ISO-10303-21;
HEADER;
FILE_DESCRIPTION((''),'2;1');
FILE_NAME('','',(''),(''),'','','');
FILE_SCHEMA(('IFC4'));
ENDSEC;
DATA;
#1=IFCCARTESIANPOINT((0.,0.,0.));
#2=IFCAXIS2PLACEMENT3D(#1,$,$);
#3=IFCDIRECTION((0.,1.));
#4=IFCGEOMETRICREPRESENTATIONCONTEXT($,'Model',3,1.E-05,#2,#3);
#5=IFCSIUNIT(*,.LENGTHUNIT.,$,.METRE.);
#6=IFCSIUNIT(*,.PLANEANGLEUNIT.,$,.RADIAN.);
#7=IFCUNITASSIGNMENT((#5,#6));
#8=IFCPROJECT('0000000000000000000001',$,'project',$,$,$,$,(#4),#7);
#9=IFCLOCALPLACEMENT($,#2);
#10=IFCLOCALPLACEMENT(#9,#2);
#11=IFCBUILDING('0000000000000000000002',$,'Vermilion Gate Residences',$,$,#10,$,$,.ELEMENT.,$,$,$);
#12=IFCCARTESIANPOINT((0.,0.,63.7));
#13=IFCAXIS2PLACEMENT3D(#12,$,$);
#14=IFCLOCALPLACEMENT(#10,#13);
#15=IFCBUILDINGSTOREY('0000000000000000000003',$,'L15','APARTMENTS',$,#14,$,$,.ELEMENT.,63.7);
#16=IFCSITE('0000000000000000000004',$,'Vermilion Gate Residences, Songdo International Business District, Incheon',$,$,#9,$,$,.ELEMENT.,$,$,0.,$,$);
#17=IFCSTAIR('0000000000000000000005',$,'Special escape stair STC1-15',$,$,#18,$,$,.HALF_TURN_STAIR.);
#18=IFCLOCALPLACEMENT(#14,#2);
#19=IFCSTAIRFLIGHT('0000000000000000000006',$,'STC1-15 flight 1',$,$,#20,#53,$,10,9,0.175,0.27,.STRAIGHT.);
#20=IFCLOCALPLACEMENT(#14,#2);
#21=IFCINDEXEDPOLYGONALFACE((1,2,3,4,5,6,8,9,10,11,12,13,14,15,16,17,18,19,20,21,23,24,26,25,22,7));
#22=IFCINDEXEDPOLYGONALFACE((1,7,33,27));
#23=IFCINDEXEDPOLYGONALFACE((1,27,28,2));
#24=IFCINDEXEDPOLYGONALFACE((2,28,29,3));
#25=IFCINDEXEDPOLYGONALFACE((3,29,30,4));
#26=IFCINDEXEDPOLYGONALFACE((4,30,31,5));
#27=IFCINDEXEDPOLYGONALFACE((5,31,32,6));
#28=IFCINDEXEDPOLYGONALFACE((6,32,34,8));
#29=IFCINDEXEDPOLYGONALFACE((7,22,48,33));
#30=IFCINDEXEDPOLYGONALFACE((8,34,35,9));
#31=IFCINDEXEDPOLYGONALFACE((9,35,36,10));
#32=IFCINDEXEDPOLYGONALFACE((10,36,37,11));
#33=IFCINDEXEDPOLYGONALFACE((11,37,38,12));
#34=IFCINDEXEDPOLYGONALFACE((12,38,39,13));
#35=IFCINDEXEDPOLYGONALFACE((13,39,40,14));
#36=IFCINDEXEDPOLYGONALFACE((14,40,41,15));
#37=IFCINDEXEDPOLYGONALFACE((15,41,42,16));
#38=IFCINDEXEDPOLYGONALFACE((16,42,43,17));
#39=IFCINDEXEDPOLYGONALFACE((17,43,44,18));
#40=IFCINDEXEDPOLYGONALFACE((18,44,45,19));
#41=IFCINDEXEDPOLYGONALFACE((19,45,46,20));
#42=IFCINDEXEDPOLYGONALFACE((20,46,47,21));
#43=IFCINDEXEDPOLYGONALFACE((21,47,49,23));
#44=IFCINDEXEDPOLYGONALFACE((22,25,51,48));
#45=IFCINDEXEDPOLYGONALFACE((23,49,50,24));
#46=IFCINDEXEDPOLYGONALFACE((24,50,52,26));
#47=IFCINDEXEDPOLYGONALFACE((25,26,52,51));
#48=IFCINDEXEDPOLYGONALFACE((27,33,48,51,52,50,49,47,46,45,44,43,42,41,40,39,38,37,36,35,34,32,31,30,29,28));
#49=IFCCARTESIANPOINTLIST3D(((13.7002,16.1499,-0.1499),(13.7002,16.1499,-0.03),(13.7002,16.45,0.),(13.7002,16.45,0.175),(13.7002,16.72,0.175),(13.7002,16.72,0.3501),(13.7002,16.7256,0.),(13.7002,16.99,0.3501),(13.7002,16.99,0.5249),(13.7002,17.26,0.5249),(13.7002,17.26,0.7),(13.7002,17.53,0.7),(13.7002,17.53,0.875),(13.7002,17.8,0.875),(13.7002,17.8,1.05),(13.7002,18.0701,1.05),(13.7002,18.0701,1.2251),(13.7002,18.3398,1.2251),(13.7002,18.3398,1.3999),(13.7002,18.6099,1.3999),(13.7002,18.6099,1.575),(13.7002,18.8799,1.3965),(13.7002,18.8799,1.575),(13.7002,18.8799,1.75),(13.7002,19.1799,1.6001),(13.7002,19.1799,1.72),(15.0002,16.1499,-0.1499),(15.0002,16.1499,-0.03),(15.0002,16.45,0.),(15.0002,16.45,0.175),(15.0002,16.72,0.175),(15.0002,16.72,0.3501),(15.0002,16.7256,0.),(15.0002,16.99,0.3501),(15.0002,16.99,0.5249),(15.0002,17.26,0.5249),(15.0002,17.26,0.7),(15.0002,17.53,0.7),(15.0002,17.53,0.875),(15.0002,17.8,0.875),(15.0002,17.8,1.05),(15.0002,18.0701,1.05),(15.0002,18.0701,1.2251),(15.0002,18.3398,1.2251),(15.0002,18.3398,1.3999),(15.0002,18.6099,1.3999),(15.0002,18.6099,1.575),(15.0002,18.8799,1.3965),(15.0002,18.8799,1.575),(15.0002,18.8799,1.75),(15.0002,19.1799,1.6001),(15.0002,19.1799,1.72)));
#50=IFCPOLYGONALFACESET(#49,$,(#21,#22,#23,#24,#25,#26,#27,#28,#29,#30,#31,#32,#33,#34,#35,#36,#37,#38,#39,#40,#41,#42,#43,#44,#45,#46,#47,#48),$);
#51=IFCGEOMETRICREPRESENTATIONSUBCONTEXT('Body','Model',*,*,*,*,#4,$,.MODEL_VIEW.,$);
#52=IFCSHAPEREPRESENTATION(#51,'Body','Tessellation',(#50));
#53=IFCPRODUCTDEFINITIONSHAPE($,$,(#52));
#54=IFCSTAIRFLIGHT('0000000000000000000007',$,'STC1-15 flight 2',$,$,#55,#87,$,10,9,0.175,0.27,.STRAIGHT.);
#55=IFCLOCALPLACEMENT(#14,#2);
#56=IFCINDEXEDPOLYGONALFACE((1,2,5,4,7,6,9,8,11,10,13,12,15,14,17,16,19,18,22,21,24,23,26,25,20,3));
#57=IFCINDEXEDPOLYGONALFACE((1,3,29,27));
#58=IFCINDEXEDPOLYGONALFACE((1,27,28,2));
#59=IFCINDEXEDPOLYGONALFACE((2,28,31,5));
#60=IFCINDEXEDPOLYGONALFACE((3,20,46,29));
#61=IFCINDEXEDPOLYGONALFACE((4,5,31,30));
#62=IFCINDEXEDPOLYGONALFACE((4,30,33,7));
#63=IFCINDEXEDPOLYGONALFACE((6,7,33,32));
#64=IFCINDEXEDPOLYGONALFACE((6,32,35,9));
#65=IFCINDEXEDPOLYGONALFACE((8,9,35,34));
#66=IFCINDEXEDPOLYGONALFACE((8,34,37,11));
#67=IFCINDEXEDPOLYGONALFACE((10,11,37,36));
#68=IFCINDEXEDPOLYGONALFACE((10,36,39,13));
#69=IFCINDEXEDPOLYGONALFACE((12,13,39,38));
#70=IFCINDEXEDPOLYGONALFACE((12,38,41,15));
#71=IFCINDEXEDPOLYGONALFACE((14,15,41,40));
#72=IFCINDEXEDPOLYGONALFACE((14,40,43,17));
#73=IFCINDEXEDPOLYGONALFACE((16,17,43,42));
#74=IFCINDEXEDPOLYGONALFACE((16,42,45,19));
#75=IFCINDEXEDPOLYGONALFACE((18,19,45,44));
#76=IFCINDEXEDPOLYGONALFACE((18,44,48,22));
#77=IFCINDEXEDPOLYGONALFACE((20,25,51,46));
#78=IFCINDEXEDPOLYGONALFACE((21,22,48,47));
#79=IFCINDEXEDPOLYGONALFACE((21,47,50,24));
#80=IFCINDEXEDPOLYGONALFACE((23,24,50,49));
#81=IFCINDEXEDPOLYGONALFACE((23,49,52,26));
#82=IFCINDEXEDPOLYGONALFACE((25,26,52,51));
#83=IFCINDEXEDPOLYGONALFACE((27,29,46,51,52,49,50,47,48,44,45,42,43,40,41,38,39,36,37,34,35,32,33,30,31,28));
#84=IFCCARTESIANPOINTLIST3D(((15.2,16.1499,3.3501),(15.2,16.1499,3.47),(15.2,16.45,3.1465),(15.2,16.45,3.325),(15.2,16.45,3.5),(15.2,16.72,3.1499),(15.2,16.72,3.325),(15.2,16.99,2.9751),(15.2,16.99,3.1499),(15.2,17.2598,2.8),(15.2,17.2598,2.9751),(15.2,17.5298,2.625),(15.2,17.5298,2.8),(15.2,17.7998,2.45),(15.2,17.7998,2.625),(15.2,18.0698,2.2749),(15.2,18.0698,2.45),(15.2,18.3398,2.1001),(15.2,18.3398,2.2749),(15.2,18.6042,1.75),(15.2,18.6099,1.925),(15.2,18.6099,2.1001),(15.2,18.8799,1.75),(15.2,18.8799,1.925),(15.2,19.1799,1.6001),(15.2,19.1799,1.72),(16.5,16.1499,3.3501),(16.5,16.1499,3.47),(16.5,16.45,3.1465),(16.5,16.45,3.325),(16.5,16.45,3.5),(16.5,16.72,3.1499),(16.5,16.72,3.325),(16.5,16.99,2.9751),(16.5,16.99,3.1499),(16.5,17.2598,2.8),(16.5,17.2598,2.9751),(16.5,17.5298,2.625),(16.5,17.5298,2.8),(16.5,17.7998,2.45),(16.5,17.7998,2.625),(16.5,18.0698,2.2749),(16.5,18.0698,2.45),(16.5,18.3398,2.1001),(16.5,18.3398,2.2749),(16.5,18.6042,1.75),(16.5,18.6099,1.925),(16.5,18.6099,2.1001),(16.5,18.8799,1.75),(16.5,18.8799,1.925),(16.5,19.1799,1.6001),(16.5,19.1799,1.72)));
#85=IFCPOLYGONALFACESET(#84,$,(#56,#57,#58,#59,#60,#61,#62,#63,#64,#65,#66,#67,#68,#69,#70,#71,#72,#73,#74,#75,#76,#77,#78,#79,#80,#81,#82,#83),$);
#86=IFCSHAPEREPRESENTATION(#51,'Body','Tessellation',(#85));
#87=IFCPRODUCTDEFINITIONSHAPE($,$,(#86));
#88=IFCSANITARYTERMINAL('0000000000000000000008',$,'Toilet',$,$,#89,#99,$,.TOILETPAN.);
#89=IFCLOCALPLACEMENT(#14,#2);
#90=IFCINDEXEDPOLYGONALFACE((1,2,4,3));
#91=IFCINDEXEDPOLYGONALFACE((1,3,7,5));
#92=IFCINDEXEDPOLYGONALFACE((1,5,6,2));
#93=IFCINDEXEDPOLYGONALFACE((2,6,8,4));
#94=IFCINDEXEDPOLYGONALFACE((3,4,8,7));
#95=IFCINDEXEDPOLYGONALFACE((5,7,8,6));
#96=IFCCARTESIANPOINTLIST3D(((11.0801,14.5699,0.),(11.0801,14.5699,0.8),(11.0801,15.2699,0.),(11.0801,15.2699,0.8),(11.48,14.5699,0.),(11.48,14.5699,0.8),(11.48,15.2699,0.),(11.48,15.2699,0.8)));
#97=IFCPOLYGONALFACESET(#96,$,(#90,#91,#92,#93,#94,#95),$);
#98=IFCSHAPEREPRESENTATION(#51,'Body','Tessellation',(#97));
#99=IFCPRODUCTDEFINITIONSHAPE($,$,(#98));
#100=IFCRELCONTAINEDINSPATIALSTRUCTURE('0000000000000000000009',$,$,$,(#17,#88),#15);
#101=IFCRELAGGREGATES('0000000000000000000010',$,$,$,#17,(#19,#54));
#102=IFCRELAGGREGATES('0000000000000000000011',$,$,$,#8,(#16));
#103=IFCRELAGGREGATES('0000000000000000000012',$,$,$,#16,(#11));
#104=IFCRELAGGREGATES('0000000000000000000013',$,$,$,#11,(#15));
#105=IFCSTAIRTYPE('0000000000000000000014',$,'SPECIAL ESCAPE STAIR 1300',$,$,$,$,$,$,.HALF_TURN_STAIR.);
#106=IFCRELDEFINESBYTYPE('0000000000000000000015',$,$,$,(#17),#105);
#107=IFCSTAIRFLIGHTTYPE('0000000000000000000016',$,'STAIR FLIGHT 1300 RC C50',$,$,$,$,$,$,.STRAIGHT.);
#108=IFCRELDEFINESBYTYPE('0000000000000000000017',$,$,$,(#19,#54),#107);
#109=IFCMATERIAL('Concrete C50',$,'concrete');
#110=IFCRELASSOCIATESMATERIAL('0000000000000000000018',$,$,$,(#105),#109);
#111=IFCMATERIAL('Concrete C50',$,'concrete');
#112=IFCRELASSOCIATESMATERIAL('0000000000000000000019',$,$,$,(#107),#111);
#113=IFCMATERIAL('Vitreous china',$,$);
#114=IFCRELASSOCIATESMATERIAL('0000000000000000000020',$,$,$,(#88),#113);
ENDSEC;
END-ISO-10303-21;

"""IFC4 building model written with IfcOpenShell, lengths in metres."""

from ifc_helpers import new_model, si_unit, direction, frame, origin, origin_2d, place, context, subcontext, project, spatial, polyline, rectangle, outline, extrude, material, type_object, element, aggregate, save


model = new_model("IFC4")

# Units and contexts
model_context = context("Model", 3, precision=1e-05, world=origin(), true_north=direction((0.0, 1.0)))
body_context = subcontext(model_context, "Body", "Model", "MODEL_VIEW")
ifc_project = project(units=[si_unit("LENGTHUNIT", "METRE"), si_unit("PLANEANGLEUNIT", "RADIAN")], contexts=[model_context])

# Site, building, storey
site_placement = place(None, origin())
site = spatial("IfcSite", under=ifc_project, at=site_placement, Name="Vermilion Gate Residences, Songdo International Business District, Incheon", CompositionType="ELEMENT", RefElevation=0.0)
building_placement = place(site_placement, origin())
building = spatial("IfcBuilding", under=site, at=building_placement, Name="Vermilion Gate Residences", CompositionType="ELEMENT")
storey_placement = place(building_placement, frame((0.0, 0.0, 63.7)))
storey = spatial("IfcBuildingStorey", under=building, at=storey_placement, Name="L15", Description="APARTMENTS", CompositionType="ELEMENT", Elevation=63.7)

# Stair, stair flights
ifc_material_1 = material(Name="Concrete C50", Category="concrete")
stair_type = type_object("IfcStairType", Name="SPECIAL ESCAPE STAIR 1300", PredefinedType="HALF_TURN_STAIR", material=ifc_material_1)
stair_placement = place(storey_placement, origin())
stair = element("IfcStair", 1, at=stair_placement, inside=storey, type_object=stair_type, Name="Special escape stair STC1-15", PredefinedType="HALF_TURN_STAIR")
ifc_material_2 = material(Name="Concrete C50", Category="concrete")
stair_flight_type = type_object("IfcStairFlightType", Name="STAIR FLIGHT 1300 RC C50", PredefinedType="STRAIGHT", material=ifc_material_2)
stair_flight_1_placement = place(storey_placement, frame((14.3501, 16.45, 0.0), z_axis=(0.0, 0.0, 1.0), x_axis=(0.0, 1.0, 0.0)))
stair_flight_1 = element("IfcStairFlight", 2, at=stair_flight_1_placement, type_object=stair_flight_type, Name="STC1-15 flight 1", NumberOfRisers=10, NumberOfTreads=9, PredefinedType="STRAIGHT", RiserHeight=0.175, TreadLength=0.27, context=body_context, shape_type="SweptSolid", body=[
    extrude(outline(polyline([(-0.3, -0.1499), (-0.3, -0.03), (0.0, 0.0), (0.0, 0.175), (0.27, 0.175), (0.27, 0.3501), (0.54, 0.3501), (0.54, 0.5249), (0.8101, 0.5249), (0.8101, 0.7), (1.0801, 0.7), (1.0801, 0.875), (1.3501, 0.875), (1.3501, 1.05), (1.6201, 1.05), (1.6201, 1.2251), (1.8899, 1.2251), (1.8899, 1.3999), (2.1599, 1.3999), (2.1599, 1.575), (2.4299, 1.575), (2.4299, 1.75), (2.73, 1.72), (2.73, 1.6001), (2.4299, 1.3965), (0.2756, 0.0), (-0.3, -0.1499)])), frame((0.0, 0.6499, 0.0), z_axis=(0.0, -1.0, 0.0), x_axis=(1.0, 0.0, 0.0)), (0.0, 0.0, 1.0), 1.3),
])
stair_flight_2_placement = place(storey_placement, frame((15.8501, 18.8799, 1.75), z_axis=(0.0, 0.0, 1.0), x_axis=(0.0, -1.0, 0.0)))
stair_flight_2 = element("IfcStairFlight", 3, at=stair_flight_2_placement, type_object=stair_flight_type, Name="STC1-15 flight 2", NumberOfRisers=10, NumberOfTreads=9, PredefinedType="STRAIGHT", RiserHeight=0.175, TreadLength=0.27, context=body_context, shape_type="SweptSolid", body=[
    extrude(outline(polyline([(-0.3, -0.1499), (-0.3, -0.03), (0.0, 0.0), (0.0, 0.175), (0.27, 0.175), (0.27, 0.3501), (0.54, 0.3501), (0.54, 0.5249), (0.8101, 0.5249), (0.8101, 0.7), (1.0801, 0.7), (1.0801, 0.875), (1.3501, 0.875), (1.3501, 1.05), (1.6201, 1.05), (1.6201, 1.2251), (1.8899, 1.2251), (1.8899, 1.3999), (2.1599, 1.3999), (2.1599, 1.575), (2.4299, 1.575), (2.4299, 1.75), (2.73, 1.72), (2.73, 1.6001), (2.4299, 1.3965), (0.2756, 0.0), (-0.3, -0.1499)])), frame((0.0, 0.6499, 0.0), z_axis=(0.0, -1.0, 0.0), x_axis=(1.0, 0.0, 0.0)), (0.0, 0.0, 1.0), 1.3),
])
aggregate(stair, [stair_flight_1, stair_flight_2])

# Sanitary terminal
ifc_material_3 = material(Name="Vitreous china")
sanitary_terminal_placement = place(storey_placement, frame((11.28, 14.9199, 0.0), z_axis=(0.0, 0.0, 1.0), x_axis=(1.0, 0.0, 0.0)))
element("IfcSanitaryTerminal", 4, at=sanitary_terminal_placement, inside=storey, material=ifc_material_3, Name="Toilet", PredefinedType="TOILETPAN", context=body_context, shape_type="SweptSolid", body=[
    extrude(rectangle(XDim=0.3999, YDim=0.7, at=origin_2d()), origin(), (0.0, 0.0, 1.0), 0.8),
])

save(model, "model.ifc")
